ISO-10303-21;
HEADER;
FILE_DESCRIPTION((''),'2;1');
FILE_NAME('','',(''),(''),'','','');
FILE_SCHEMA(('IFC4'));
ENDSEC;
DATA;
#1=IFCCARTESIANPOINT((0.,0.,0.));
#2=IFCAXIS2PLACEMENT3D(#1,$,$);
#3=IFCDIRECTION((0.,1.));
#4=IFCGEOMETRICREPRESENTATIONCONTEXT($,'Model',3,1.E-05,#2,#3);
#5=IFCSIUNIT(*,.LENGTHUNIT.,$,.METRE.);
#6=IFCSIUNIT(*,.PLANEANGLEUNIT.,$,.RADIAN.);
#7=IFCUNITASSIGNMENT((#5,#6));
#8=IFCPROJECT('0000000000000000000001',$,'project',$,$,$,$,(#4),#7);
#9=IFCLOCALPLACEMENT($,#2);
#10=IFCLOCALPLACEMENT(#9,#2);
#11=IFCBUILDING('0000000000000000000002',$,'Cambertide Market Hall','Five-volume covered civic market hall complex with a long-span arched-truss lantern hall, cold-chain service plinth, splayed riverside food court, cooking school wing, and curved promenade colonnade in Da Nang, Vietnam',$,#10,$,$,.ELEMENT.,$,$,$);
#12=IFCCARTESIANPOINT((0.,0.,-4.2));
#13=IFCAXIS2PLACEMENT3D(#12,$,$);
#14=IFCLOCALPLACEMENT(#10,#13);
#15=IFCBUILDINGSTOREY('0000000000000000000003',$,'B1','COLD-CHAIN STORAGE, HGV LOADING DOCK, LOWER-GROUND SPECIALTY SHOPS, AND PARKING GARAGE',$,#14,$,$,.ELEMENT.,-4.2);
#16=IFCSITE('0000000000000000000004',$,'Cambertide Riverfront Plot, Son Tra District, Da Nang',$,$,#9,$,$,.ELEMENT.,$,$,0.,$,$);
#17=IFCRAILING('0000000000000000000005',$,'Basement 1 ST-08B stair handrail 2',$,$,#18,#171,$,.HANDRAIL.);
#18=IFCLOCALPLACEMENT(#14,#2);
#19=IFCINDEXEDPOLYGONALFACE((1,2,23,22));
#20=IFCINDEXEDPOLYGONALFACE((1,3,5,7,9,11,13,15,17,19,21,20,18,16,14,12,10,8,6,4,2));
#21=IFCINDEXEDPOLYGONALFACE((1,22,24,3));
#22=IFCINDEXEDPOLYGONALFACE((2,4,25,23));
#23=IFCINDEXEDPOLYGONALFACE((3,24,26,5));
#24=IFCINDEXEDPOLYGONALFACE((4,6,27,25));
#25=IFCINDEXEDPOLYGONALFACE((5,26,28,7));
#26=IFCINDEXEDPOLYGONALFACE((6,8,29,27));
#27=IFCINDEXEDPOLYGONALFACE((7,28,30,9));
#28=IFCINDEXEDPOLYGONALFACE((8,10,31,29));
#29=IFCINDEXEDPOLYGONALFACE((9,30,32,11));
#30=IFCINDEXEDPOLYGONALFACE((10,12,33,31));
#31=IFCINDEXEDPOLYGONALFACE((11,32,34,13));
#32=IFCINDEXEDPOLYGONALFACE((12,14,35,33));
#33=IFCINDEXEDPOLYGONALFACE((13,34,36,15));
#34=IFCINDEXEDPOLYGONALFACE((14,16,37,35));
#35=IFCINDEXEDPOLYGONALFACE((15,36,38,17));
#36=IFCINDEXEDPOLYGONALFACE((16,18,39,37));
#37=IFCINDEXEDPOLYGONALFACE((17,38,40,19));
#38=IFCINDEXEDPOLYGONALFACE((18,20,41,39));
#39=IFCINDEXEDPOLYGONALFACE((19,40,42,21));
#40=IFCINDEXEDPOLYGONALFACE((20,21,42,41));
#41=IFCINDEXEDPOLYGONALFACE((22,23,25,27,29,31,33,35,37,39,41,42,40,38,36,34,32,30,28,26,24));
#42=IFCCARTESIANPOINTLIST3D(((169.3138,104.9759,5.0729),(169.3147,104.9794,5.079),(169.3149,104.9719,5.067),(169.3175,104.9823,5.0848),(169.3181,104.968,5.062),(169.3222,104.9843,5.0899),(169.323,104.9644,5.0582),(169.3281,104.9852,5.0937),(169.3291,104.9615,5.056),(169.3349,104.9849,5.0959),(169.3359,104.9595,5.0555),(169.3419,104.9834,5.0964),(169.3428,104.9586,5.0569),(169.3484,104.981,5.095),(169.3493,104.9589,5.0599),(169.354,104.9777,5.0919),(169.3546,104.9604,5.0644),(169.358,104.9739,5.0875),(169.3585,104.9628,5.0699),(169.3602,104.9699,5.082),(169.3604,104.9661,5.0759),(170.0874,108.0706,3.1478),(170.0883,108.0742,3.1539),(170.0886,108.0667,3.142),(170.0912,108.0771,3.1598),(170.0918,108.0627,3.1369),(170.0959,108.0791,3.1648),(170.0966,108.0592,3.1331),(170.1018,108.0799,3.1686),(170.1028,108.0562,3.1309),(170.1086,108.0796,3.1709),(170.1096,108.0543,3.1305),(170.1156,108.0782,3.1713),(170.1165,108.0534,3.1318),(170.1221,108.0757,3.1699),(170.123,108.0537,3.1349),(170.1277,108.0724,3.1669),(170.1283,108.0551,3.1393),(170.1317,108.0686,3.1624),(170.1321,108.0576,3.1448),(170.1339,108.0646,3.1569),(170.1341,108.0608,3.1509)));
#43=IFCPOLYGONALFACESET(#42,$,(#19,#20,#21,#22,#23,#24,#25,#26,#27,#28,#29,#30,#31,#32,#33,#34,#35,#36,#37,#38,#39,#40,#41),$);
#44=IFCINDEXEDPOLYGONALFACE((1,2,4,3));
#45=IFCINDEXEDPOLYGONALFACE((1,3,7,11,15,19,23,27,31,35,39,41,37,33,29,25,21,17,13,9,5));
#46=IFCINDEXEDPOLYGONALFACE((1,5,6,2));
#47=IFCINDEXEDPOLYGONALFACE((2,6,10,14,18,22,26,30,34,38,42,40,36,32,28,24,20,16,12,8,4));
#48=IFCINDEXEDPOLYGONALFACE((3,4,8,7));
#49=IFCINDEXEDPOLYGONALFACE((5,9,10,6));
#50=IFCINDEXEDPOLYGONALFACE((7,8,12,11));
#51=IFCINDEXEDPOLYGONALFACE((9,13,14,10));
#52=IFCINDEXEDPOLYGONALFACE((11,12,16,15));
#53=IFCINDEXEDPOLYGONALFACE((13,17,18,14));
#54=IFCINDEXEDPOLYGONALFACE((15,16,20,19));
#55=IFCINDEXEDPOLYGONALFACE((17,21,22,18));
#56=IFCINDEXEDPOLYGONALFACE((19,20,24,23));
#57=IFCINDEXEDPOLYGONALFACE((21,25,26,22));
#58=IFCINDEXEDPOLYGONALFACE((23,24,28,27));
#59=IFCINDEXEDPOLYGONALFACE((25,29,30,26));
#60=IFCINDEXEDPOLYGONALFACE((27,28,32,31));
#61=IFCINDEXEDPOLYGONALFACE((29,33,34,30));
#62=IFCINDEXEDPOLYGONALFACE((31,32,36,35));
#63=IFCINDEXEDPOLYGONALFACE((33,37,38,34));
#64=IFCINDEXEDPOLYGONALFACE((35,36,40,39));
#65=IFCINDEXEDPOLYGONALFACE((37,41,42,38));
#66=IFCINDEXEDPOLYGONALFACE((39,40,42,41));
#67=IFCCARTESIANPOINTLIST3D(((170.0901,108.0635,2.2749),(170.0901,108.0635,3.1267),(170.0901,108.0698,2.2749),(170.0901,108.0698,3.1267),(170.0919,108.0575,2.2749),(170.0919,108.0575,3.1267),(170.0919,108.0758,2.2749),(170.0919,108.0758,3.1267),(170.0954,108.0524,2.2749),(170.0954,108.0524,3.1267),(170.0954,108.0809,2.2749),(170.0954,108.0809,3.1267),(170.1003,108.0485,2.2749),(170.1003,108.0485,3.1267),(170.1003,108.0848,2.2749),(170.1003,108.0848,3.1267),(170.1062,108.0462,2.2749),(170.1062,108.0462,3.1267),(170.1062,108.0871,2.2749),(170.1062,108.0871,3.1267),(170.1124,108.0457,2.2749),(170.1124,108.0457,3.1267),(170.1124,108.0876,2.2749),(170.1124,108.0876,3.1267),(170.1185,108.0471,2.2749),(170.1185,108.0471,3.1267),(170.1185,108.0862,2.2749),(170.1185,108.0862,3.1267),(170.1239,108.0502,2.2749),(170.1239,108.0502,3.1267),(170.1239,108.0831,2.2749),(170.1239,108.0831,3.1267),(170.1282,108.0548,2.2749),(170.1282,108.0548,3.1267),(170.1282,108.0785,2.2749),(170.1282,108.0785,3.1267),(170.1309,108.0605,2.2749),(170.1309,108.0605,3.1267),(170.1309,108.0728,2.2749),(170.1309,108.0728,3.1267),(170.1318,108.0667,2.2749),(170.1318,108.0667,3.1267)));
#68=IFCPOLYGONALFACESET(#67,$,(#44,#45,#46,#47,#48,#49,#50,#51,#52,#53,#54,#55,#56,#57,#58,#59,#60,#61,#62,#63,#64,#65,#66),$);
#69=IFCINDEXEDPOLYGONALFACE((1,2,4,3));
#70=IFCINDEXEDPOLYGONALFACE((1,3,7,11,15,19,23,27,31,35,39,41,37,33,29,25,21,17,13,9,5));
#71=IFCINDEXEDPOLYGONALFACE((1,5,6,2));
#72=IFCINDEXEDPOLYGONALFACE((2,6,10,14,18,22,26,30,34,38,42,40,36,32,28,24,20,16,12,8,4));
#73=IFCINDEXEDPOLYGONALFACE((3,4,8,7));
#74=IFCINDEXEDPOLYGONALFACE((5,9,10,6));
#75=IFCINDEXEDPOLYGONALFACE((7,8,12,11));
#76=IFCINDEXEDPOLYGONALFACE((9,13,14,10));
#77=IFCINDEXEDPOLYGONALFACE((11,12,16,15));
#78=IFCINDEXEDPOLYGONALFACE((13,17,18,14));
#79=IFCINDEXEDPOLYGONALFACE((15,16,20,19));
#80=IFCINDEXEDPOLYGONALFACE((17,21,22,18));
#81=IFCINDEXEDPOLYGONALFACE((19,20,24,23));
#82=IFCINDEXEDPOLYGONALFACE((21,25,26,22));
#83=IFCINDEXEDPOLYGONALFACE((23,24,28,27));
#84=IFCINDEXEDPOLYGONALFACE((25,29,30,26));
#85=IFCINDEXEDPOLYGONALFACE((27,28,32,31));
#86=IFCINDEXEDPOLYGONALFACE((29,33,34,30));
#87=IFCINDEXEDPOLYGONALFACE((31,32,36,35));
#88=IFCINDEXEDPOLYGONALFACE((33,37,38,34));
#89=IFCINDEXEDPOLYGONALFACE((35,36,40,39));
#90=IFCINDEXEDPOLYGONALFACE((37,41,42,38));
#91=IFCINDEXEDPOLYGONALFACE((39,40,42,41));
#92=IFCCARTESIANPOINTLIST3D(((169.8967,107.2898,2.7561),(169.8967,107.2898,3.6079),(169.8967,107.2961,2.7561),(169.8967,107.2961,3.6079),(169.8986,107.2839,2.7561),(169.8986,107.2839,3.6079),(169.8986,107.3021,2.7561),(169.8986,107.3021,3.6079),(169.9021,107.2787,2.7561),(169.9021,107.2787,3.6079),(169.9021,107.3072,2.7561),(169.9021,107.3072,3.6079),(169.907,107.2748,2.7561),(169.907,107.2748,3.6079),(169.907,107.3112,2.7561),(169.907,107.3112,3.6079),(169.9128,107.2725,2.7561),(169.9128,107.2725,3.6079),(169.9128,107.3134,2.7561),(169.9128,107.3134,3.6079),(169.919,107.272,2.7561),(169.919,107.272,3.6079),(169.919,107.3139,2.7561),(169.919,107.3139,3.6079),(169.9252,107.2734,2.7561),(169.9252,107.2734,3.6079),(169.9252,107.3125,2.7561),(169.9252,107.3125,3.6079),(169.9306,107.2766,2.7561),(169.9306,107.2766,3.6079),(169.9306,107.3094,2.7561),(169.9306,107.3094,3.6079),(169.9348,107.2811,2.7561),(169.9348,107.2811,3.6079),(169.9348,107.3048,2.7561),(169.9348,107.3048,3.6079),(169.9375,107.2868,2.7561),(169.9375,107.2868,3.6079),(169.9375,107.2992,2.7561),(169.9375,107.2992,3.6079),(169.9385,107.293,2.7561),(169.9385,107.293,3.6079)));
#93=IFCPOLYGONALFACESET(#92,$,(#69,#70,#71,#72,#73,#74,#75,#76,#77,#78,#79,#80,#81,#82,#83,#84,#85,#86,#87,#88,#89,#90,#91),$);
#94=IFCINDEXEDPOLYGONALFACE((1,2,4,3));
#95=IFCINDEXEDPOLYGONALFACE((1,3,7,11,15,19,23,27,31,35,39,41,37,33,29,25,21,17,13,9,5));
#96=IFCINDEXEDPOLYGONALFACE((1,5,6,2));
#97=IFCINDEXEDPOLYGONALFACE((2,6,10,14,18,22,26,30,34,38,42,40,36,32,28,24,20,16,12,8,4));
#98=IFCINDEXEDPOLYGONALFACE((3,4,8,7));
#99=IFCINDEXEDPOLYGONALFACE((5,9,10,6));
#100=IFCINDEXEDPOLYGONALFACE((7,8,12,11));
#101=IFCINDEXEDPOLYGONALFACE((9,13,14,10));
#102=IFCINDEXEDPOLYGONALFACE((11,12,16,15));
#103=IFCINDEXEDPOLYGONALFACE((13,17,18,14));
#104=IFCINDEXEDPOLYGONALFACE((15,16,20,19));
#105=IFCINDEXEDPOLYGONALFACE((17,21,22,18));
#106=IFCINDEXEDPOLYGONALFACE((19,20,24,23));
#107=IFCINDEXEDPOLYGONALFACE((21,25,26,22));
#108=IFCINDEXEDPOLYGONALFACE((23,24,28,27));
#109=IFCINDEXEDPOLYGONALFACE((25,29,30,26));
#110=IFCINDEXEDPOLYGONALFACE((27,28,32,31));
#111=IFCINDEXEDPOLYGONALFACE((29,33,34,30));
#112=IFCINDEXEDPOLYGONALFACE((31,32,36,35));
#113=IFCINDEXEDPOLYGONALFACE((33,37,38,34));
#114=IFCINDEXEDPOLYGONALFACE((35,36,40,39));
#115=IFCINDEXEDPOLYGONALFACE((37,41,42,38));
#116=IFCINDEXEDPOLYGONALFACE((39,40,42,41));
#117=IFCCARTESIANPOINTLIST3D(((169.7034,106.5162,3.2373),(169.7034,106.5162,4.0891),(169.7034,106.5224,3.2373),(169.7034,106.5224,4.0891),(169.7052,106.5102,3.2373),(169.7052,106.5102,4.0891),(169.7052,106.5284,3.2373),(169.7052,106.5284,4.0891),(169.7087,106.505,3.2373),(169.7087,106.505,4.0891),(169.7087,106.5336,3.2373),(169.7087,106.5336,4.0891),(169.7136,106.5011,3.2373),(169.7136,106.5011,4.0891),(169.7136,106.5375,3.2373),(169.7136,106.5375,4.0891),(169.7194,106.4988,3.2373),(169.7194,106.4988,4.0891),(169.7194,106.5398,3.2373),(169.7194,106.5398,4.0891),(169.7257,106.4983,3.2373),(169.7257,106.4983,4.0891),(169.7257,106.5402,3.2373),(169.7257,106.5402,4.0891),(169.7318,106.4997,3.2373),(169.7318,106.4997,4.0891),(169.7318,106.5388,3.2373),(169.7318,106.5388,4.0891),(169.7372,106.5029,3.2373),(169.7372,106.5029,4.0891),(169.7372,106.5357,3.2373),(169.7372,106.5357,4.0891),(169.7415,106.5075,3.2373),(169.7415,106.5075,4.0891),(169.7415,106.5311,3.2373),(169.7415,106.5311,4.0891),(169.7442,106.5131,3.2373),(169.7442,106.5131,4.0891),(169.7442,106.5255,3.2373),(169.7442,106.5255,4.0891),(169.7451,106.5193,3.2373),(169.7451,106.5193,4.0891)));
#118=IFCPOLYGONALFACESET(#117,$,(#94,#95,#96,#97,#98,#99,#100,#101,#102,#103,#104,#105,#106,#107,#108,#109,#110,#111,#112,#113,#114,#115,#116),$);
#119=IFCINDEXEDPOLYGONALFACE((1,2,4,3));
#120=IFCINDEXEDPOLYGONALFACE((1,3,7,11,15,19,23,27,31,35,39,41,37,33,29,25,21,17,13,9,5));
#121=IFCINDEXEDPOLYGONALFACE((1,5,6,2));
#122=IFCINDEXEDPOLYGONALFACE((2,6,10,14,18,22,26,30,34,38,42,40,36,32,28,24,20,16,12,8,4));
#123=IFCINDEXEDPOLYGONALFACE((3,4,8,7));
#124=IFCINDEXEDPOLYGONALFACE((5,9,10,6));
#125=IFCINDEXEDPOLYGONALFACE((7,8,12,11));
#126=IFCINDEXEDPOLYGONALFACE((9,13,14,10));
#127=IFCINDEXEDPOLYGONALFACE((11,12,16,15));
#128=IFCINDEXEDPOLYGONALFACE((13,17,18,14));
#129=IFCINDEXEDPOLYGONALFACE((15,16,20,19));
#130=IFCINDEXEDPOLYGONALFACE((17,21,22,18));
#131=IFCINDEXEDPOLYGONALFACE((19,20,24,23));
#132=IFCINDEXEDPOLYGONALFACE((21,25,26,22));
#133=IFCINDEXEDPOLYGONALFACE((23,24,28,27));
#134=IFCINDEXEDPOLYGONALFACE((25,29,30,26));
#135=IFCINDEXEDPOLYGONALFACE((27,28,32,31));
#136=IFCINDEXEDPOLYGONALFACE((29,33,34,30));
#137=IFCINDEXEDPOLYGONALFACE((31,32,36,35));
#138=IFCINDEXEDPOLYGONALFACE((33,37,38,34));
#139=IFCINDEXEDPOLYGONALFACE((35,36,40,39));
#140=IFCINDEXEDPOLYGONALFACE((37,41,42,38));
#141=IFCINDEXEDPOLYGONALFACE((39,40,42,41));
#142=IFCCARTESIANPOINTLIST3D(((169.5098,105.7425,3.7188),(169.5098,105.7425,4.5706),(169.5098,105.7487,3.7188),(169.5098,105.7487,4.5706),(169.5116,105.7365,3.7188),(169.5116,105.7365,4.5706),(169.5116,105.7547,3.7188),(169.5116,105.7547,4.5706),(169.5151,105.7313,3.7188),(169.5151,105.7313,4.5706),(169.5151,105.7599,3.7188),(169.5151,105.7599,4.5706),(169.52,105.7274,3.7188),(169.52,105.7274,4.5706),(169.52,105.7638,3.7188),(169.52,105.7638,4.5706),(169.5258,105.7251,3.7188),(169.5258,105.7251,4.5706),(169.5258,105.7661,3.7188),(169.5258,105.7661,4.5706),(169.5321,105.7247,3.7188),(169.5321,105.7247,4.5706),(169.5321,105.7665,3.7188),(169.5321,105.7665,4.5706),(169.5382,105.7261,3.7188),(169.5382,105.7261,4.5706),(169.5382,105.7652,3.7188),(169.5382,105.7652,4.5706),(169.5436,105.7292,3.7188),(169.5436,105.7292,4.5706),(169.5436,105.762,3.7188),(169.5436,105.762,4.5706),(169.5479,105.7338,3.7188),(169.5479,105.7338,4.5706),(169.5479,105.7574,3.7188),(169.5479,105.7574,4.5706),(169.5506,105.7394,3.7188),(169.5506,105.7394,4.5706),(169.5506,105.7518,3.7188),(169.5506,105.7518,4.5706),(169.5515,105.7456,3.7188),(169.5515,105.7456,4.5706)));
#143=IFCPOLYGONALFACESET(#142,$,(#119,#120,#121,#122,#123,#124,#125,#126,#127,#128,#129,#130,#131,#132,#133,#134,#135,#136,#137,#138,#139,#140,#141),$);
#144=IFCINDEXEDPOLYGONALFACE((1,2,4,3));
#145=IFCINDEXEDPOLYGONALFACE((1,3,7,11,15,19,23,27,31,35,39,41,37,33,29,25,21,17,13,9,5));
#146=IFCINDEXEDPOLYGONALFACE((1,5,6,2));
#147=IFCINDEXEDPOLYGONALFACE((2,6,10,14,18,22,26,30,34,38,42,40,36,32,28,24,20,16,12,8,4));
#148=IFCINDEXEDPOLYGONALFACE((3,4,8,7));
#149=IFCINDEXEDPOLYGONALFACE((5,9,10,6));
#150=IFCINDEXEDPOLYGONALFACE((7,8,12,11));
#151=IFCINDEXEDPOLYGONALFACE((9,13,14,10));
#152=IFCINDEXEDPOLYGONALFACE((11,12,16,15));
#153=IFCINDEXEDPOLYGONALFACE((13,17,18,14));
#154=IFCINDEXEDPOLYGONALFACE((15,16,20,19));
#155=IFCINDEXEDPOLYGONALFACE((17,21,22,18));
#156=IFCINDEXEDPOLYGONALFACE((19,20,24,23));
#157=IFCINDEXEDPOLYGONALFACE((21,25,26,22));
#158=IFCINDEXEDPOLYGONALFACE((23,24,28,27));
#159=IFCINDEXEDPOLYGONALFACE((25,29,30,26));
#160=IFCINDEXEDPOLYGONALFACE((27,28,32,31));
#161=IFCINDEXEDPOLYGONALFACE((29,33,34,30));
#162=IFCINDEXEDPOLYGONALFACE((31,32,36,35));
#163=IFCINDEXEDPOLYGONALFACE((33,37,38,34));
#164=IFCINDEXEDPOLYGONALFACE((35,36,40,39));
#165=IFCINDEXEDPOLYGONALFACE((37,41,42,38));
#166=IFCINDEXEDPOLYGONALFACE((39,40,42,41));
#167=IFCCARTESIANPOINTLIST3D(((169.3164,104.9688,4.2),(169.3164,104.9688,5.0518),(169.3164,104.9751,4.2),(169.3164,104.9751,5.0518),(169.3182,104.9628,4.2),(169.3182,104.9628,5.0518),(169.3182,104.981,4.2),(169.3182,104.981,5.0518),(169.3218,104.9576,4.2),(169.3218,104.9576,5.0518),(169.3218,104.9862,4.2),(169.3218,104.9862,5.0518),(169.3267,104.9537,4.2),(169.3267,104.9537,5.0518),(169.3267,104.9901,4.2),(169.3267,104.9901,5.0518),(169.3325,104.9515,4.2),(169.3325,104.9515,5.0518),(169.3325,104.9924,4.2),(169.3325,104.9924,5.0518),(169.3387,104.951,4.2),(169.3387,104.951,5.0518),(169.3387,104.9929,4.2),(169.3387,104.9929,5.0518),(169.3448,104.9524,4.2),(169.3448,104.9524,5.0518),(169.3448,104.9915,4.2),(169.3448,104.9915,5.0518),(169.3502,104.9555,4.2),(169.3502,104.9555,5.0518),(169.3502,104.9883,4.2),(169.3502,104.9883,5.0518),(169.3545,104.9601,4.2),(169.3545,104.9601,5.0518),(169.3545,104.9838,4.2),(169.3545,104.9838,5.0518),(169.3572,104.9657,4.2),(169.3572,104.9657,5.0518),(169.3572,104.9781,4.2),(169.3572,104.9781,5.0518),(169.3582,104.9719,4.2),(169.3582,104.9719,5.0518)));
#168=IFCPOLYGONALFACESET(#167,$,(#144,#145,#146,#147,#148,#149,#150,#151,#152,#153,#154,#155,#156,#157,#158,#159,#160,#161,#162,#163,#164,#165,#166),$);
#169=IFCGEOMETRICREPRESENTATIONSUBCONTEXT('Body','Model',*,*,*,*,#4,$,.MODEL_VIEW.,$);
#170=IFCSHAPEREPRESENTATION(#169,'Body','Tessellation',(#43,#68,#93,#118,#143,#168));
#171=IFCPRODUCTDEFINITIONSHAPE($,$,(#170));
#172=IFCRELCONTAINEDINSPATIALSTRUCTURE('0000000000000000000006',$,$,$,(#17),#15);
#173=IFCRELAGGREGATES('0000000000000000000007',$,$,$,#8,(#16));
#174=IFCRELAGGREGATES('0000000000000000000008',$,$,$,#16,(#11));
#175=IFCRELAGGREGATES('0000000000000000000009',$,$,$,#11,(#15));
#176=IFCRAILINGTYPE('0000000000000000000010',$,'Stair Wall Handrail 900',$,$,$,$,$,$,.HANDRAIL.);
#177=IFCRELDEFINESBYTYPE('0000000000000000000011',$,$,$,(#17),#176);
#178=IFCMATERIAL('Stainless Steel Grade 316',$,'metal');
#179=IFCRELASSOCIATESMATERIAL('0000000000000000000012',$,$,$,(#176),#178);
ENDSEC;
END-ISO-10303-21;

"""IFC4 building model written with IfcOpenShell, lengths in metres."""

from ifc_helpers import new_model, si_unit, direction, frame, origin, origin_2d, place, context, subcontext, project, spatial, circle, extrude, material, type_object, element, save


model = new_model("IFC4")

# Units and contexts
model_context = context("Model", 3, precision=1e-05, world=origin(), true_north=direction((0.0, 1.0)))
body_context = subcontext(model_context, "Body", "Model", "MODEL_VIEW")
ifc_project = project(units=[si_unit("LENGTHUNIT", "METRE"), si_unit("PLANEANGLEUNIT", "RADIAN")], contexts=[model_context])

# Site, building, storey
site_placement = place(None, origin())
site = spatial("IfcSite", under=ifc_project, at=site_placement, Name="Cambertide Riverfront Plot, Son Tra District, Da Nang", CompositionType="ELEMENT", RefElevation=0.0)
building_placement = place(site_placement, origin())
building = spatial("IfcBuilding", under=site, at=building_placement, Name="Cambertide Market Hall", Description="Five-volume covered civic market hall complex with a long-span arched-truss lantern hall, cold-chain service plinth, splayed riverside food court, cooking school wing, and curved promenade colonnade in Da Nang, Vietnam", CompositionType="ELEMENT")
storey_placement = place(building_placement, frame((0.0, 0.0, -4.2)))
storey = spatial("IfcBuildingStorey", under=building, at=storey_placement, Name="B1", Description="COLD-CHAIN STORAGE, HGV LOADING DOCK, LOWER-GROUND SPECIALTY SHOPS, AND PARKING GARAGE", CompositionType="ELEMENT", Elevation=-4.2)

# Railing
ifc_material_1 = material(Name="Stainless Steel Grade 316", Category="metal")
railing_type_1 = type_object("IfcRailingType", Name="Stair Wall Handrail 900", PredefinedType="HANDRAIL", material=ifc_material_1)
railing_1_placement = place(storey_placement, frame((170.1108, 108.0667, 2.2749)))
element("IfcRailing", 1, at=railing_1_placement, inside=storey, type_object=railing_type_1, Name="Basement 1 ST-08B stair handrail 2", PredefinedType="HANDRAIL", context=body_context, shape_type="SweptSolid", body=[
    extrude(circle(Radius=0.0239, at=origin_2d()), frame((0.0, 0.0, 0.876), z_axis=(-0.207654, -0.830616, 0.516678), x_axis=(0.970143, -0.242536, 0.0)), (0.0, 0.0, 1.0), 3.7258),
    extrude(circle(Radius=0.021, at=origin_2d()), origin(), (0.0, 0.0, 1.0), 0.8518),
    extrude(circle(Radius=0.021, at=origin_2d()), frame((-0.1934, -0.7737, 0.4812)), (0.0, 0.0, 1.0), 0.8518),
    extrude(circle(Radius=0.021, at=origin_2d()), frame((-0.3867, -1.5474, 0.9624)), (0.0, 0.0, 1.0), 0.8518),
    extrude(circle(Radius=0.021, at=origin_2d()), frame((-0.5803, -2.321, 1.4438)), (0.0, 0.0, 1.0), 0.8518),
    extrude(circle(Radius=0.021, at=origin_2d()), frame((-0.7737, -3.0947, 1.925)), (0.0, 0.0, 1.0), 0.8518),
])

save(model, "model.ifc")
